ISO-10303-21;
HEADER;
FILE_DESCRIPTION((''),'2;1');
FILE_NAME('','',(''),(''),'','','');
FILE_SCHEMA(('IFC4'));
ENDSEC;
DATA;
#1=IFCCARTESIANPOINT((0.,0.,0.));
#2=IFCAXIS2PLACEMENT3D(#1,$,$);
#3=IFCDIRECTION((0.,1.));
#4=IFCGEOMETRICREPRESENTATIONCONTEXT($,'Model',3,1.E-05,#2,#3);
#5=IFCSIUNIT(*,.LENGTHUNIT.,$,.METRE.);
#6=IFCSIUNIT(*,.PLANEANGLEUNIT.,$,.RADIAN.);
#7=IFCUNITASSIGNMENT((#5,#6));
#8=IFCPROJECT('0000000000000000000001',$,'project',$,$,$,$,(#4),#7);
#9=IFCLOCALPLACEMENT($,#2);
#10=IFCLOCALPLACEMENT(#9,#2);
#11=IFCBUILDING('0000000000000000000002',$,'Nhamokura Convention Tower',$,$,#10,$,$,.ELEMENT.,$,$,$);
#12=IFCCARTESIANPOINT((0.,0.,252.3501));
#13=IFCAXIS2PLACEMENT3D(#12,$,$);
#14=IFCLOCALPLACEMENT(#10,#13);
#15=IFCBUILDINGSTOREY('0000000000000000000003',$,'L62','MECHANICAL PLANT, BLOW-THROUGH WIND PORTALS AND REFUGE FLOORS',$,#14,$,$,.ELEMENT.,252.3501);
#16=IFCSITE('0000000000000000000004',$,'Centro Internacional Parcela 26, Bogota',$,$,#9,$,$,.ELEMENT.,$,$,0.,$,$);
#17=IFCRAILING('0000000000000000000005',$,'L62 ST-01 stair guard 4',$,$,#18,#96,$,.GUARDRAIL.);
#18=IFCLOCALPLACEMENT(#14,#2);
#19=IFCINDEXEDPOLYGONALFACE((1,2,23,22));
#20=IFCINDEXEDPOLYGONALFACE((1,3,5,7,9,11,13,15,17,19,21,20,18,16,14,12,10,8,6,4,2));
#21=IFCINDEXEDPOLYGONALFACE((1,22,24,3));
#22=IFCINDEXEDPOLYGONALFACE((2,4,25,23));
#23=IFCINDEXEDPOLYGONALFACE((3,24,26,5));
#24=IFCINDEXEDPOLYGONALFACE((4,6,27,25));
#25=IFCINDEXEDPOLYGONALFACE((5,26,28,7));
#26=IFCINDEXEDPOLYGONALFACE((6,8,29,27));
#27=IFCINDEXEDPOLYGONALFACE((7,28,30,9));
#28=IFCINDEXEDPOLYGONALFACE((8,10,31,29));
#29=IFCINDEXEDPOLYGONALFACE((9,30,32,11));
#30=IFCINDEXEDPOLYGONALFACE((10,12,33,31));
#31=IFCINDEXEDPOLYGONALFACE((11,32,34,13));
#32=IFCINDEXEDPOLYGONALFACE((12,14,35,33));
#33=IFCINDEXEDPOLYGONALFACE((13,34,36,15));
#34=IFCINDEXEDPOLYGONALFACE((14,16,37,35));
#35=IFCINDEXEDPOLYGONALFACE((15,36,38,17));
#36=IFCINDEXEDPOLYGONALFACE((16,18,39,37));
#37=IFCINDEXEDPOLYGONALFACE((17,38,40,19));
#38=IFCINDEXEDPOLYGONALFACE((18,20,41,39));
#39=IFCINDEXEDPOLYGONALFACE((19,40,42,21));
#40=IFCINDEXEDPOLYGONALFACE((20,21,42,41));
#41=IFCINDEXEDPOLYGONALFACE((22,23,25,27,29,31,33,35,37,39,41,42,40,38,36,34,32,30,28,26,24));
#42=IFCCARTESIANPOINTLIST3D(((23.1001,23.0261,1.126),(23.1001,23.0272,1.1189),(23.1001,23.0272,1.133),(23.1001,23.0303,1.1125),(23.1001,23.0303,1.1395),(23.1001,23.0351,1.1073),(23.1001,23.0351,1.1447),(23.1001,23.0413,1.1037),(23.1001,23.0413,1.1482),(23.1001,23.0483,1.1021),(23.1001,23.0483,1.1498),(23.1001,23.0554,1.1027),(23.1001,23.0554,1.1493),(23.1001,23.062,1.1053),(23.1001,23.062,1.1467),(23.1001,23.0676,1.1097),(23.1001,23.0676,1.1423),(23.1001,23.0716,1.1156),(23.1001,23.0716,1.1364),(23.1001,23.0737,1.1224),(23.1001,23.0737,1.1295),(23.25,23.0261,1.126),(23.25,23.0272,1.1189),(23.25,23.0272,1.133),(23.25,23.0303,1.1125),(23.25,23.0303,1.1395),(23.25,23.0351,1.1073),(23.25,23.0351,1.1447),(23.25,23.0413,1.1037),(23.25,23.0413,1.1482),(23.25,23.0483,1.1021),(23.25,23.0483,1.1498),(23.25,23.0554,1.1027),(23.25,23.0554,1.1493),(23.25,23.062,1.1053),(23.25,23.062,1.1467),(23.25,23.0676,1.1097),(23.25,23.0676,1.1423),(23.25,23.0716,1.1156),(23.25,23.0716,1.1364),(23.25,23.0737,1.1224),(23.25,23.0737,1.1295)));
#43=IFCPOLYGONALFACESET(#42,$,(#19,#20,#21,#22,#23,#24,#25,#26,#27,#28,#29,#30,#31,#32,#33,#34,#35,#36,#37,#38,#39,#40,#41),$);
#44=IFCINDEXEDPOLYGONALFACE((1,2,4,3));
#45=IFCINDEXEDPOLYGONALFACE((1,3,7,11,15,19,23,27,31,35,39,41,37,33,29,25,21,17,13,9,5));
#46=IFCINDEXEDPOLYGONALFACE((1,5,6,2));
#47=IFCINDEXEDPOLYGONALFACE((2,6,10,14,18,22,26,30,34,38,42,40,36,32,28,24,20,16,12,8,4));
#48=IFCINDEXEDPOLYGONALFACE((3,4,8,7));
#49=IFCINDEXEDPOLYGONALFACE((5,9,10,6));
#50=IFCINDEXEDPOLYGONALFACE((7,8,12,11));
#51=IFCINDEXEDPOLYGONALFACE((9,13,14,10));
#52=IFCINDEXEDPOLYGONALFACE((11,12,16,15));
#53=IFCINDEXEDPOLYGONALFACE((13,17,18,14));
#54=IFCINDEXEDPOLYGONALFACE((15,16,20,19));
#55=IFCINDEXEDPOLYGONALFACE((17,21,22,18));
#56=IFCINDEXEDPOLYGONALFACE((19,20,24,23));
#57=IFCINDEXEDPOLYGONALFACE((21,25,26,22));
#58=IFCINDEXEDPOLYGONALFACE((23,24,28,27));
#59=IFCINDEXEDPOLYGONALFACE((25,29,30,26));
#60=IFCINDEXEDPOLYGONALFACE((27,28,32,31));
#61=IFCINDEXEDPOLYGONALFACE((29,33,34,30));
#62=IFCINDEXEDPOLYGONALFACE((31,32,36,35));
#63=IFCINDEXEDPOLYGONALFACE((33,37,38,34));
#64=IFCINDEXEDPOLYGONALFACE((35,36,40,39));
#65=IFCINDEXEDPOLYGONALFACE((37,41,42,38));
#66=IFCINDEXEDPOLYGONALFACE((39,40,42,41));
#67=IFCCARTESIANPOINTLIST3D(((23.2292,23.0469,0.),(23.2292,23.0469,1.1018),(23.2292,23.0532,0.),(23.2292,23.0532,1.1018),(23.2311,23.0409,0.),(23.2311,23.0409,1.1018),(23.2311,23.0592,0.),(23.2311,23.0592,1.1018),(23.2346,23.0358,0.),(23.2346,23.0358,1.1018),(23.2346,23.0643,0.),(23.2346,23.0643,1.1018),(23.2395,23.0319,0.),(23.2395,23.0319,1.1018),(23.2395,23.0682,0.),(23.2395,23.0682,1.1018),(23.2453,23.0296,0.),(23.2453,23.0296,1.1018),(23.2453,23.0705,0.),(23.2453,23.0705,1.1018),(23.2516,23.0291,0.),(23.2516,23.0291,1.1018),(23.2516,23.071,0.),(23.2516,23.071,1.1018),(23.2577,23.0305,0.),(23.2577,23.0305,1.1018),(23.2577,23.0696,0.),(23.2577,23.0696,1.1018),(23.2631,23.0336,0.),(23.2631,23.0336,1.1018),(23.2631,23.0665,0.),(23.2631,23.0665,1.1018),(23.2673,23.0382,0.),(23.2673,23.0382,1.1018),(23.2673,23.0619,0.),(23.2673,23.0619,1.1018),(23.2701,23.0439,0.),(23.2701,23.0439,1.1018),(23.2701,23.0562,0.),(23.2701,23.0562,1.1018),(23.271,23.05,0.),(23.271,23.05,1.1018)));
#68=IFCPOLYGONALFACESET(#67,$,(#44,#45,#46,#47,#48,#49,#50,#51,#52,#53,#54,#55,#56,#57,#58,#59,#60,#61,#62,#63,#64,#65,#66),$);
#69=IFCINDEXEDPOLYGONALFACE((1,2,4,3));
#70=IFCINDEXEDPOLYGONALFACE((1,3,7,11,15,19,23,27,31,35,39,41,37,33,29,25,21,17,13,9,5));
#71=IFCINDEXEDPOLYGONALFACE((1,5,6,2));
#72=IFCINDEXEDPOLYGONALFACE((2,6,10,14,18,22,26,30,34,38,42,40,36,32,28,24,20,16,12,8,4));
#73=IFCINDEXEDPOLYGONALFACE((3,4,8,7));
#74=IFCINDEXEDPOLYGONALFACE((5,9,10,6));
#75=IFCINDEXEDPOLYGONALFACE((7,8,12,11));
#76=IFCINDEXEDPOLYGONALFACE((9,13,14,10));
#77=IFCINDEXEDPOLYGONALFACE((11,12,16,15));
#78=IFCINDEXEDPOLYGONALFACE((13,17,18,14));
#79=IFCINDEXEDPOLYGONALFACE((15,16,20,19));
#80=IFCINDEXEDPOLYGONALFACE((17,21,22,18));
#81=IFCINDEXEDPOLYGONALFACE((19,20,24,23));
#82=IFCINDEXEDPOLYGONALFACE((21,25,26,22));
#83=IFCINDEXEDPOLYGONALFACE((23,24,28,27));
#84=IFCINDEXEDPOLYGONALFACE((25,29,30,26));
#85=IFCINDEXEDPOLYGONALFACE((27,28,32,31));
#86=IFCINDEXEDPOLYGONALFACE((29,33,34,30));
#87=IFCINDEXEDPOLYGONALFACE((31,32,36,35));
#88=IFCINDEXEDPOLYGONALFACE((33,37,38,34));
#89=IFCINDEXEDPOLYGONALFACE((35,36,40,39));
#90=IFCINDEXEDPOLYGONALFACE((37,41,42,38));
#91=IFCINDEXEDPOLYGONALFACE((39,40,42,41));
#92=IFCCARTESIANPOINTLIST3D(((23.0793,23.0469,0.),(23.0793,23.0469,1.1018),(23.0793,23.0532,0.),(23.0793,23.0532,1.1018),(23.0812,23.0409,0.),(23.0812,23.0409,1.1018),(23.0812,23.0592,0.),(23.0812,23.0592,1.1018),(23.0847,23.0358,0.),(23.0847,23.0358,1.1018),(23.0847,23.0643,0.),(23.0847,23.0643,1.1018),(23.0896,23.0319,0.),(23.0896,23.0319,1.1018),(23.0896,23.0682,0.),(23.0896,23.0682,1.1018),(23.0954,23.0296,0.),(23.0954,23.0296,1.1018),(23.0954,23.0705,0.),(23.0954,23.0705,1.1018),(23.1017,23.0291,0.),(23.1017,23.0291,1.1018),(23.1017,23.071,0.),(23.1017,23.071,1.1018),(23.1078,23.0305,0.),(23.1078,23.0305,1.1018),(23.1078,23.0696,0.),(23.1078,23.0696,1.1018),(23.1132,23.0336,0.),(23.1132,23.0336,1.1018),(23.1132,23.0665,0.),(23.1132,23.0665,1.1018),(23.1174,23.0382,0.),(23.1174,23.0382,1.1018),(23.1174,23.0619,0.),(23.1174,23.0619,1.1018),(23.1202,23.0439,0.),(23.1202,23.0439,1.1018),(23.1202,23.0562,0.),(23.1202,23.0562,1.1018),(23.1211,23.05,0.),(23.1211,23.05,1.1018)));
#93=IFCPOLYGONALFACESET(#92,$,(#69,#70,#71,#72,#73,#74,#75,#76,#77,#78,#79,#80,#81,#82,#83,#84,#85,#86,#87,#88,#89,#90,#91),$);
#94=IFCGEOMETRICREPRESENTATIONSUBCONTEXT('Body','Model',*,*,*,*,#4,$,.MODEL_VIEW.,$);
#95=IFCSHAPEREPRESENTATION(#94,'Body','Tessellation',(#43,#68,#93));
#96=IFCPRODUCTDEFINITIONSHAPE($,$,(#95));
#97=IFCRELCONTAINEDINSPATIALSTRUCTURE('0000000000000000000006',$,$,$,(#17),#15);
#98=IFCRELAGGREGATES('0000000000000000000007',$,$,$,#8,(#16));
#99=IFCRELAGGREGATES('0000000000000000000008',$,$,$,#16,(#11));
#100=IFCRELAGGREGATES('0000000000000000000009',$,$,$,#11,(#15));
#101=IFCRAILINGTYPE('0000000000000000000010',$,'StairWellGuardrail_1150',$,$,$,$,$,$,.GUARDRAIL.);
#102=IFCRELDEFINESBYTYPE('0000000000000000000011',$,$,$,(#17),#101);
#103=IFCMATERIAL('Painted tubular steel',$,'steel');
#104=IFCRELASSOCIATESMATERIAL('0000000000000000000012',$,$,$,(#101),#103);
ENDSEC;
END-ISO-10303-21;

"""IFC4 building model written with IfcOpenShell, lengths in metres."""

from ifc_helpers import new_model, si_unit, direction, frame, origin, origin_2d, place, context, subcontext, project, spatial, circle, extrude, material, type_object, element, save


model = new_model("IFC4")

# Units and contexts
model_context = context("Model", 3, precision=1e-05, world=origin(), true_north=direction((0.0, 1.0)))
body_context = subcontext(model_context, "Body", "Model", "MODEL_VIEW")
ifc_project = project(units=[si_unit("LENGTHUNIT", "METRE"), si_unit("PLANEANGLEUNIT", "RADIAN")], contexts=[model_context])

# Site, building, storey
site_placement = place(None, origin())
site = spatial("IfcSite", under=ifc_project, at=site_placement, Name="Centro Internacional Parcela 26, Bogota", CompositionType="ELEMENT", RefElevation=0.0)
building_placement = place(site_placement, origin())
building = spatial("IfcBuilding", under=site, at=building_placement, Name="Nhamokura Convention Tower", CompositionType="ELEMENT")
storey_placement = place(building_placement, frame((0.0, 0.0, 252.3501)))
storey = spatial("IfcBuildingStorey", under=building, at=storey_placement, Name="L62", Description="MECHANICAL PLANT, BLOW-THROUGH WIND PORTALS AND REFUGE FLOORS", CompositionType="ELEMENT", Elevation=252.3501)

# Railing
ifc_material_1 = material(Name="Painted tubular steel", Category="steel")
railing_type_1 = type_object("IfcRailingType", Name="StairWellGuardrail_1150", PredefinedType="GUARDRAIL", material=ifc_material_1)
railing_1_placement = place(storey_placement, frame((23.25, 23.05, 0.0)))
element("IfcRailing", 1, at=railing_1_placement, inside=storey, type_object=railing_type_1, Name="L62 ST-01 stair guard 4", PredefinedType="GUARDRAIL", context=body_context, shape_type="SweptSolid", body=[
    extrude(circle(Radius=0.0239, at=origin_2d()), frame((0.0, 0.0, 1.126), z_axis=(-1.0, 0.0, 0.0), x_axis=(0.0, -1.0, 0.0)), (0.0, 0.0, 1.0), 0.1499),
    extrude(circle(Radius=0.021, at=origin_2d()), origin(), (0.0, 0.0, 1.0), 1.1018),
    extrude(circle(Radius=0.021, at=origin_2d()), frame((-0.1499, 0.0, 0.0)), (0.0, 0.0, 1.0), 1.1018),
])

save(model, "model.ifc")
